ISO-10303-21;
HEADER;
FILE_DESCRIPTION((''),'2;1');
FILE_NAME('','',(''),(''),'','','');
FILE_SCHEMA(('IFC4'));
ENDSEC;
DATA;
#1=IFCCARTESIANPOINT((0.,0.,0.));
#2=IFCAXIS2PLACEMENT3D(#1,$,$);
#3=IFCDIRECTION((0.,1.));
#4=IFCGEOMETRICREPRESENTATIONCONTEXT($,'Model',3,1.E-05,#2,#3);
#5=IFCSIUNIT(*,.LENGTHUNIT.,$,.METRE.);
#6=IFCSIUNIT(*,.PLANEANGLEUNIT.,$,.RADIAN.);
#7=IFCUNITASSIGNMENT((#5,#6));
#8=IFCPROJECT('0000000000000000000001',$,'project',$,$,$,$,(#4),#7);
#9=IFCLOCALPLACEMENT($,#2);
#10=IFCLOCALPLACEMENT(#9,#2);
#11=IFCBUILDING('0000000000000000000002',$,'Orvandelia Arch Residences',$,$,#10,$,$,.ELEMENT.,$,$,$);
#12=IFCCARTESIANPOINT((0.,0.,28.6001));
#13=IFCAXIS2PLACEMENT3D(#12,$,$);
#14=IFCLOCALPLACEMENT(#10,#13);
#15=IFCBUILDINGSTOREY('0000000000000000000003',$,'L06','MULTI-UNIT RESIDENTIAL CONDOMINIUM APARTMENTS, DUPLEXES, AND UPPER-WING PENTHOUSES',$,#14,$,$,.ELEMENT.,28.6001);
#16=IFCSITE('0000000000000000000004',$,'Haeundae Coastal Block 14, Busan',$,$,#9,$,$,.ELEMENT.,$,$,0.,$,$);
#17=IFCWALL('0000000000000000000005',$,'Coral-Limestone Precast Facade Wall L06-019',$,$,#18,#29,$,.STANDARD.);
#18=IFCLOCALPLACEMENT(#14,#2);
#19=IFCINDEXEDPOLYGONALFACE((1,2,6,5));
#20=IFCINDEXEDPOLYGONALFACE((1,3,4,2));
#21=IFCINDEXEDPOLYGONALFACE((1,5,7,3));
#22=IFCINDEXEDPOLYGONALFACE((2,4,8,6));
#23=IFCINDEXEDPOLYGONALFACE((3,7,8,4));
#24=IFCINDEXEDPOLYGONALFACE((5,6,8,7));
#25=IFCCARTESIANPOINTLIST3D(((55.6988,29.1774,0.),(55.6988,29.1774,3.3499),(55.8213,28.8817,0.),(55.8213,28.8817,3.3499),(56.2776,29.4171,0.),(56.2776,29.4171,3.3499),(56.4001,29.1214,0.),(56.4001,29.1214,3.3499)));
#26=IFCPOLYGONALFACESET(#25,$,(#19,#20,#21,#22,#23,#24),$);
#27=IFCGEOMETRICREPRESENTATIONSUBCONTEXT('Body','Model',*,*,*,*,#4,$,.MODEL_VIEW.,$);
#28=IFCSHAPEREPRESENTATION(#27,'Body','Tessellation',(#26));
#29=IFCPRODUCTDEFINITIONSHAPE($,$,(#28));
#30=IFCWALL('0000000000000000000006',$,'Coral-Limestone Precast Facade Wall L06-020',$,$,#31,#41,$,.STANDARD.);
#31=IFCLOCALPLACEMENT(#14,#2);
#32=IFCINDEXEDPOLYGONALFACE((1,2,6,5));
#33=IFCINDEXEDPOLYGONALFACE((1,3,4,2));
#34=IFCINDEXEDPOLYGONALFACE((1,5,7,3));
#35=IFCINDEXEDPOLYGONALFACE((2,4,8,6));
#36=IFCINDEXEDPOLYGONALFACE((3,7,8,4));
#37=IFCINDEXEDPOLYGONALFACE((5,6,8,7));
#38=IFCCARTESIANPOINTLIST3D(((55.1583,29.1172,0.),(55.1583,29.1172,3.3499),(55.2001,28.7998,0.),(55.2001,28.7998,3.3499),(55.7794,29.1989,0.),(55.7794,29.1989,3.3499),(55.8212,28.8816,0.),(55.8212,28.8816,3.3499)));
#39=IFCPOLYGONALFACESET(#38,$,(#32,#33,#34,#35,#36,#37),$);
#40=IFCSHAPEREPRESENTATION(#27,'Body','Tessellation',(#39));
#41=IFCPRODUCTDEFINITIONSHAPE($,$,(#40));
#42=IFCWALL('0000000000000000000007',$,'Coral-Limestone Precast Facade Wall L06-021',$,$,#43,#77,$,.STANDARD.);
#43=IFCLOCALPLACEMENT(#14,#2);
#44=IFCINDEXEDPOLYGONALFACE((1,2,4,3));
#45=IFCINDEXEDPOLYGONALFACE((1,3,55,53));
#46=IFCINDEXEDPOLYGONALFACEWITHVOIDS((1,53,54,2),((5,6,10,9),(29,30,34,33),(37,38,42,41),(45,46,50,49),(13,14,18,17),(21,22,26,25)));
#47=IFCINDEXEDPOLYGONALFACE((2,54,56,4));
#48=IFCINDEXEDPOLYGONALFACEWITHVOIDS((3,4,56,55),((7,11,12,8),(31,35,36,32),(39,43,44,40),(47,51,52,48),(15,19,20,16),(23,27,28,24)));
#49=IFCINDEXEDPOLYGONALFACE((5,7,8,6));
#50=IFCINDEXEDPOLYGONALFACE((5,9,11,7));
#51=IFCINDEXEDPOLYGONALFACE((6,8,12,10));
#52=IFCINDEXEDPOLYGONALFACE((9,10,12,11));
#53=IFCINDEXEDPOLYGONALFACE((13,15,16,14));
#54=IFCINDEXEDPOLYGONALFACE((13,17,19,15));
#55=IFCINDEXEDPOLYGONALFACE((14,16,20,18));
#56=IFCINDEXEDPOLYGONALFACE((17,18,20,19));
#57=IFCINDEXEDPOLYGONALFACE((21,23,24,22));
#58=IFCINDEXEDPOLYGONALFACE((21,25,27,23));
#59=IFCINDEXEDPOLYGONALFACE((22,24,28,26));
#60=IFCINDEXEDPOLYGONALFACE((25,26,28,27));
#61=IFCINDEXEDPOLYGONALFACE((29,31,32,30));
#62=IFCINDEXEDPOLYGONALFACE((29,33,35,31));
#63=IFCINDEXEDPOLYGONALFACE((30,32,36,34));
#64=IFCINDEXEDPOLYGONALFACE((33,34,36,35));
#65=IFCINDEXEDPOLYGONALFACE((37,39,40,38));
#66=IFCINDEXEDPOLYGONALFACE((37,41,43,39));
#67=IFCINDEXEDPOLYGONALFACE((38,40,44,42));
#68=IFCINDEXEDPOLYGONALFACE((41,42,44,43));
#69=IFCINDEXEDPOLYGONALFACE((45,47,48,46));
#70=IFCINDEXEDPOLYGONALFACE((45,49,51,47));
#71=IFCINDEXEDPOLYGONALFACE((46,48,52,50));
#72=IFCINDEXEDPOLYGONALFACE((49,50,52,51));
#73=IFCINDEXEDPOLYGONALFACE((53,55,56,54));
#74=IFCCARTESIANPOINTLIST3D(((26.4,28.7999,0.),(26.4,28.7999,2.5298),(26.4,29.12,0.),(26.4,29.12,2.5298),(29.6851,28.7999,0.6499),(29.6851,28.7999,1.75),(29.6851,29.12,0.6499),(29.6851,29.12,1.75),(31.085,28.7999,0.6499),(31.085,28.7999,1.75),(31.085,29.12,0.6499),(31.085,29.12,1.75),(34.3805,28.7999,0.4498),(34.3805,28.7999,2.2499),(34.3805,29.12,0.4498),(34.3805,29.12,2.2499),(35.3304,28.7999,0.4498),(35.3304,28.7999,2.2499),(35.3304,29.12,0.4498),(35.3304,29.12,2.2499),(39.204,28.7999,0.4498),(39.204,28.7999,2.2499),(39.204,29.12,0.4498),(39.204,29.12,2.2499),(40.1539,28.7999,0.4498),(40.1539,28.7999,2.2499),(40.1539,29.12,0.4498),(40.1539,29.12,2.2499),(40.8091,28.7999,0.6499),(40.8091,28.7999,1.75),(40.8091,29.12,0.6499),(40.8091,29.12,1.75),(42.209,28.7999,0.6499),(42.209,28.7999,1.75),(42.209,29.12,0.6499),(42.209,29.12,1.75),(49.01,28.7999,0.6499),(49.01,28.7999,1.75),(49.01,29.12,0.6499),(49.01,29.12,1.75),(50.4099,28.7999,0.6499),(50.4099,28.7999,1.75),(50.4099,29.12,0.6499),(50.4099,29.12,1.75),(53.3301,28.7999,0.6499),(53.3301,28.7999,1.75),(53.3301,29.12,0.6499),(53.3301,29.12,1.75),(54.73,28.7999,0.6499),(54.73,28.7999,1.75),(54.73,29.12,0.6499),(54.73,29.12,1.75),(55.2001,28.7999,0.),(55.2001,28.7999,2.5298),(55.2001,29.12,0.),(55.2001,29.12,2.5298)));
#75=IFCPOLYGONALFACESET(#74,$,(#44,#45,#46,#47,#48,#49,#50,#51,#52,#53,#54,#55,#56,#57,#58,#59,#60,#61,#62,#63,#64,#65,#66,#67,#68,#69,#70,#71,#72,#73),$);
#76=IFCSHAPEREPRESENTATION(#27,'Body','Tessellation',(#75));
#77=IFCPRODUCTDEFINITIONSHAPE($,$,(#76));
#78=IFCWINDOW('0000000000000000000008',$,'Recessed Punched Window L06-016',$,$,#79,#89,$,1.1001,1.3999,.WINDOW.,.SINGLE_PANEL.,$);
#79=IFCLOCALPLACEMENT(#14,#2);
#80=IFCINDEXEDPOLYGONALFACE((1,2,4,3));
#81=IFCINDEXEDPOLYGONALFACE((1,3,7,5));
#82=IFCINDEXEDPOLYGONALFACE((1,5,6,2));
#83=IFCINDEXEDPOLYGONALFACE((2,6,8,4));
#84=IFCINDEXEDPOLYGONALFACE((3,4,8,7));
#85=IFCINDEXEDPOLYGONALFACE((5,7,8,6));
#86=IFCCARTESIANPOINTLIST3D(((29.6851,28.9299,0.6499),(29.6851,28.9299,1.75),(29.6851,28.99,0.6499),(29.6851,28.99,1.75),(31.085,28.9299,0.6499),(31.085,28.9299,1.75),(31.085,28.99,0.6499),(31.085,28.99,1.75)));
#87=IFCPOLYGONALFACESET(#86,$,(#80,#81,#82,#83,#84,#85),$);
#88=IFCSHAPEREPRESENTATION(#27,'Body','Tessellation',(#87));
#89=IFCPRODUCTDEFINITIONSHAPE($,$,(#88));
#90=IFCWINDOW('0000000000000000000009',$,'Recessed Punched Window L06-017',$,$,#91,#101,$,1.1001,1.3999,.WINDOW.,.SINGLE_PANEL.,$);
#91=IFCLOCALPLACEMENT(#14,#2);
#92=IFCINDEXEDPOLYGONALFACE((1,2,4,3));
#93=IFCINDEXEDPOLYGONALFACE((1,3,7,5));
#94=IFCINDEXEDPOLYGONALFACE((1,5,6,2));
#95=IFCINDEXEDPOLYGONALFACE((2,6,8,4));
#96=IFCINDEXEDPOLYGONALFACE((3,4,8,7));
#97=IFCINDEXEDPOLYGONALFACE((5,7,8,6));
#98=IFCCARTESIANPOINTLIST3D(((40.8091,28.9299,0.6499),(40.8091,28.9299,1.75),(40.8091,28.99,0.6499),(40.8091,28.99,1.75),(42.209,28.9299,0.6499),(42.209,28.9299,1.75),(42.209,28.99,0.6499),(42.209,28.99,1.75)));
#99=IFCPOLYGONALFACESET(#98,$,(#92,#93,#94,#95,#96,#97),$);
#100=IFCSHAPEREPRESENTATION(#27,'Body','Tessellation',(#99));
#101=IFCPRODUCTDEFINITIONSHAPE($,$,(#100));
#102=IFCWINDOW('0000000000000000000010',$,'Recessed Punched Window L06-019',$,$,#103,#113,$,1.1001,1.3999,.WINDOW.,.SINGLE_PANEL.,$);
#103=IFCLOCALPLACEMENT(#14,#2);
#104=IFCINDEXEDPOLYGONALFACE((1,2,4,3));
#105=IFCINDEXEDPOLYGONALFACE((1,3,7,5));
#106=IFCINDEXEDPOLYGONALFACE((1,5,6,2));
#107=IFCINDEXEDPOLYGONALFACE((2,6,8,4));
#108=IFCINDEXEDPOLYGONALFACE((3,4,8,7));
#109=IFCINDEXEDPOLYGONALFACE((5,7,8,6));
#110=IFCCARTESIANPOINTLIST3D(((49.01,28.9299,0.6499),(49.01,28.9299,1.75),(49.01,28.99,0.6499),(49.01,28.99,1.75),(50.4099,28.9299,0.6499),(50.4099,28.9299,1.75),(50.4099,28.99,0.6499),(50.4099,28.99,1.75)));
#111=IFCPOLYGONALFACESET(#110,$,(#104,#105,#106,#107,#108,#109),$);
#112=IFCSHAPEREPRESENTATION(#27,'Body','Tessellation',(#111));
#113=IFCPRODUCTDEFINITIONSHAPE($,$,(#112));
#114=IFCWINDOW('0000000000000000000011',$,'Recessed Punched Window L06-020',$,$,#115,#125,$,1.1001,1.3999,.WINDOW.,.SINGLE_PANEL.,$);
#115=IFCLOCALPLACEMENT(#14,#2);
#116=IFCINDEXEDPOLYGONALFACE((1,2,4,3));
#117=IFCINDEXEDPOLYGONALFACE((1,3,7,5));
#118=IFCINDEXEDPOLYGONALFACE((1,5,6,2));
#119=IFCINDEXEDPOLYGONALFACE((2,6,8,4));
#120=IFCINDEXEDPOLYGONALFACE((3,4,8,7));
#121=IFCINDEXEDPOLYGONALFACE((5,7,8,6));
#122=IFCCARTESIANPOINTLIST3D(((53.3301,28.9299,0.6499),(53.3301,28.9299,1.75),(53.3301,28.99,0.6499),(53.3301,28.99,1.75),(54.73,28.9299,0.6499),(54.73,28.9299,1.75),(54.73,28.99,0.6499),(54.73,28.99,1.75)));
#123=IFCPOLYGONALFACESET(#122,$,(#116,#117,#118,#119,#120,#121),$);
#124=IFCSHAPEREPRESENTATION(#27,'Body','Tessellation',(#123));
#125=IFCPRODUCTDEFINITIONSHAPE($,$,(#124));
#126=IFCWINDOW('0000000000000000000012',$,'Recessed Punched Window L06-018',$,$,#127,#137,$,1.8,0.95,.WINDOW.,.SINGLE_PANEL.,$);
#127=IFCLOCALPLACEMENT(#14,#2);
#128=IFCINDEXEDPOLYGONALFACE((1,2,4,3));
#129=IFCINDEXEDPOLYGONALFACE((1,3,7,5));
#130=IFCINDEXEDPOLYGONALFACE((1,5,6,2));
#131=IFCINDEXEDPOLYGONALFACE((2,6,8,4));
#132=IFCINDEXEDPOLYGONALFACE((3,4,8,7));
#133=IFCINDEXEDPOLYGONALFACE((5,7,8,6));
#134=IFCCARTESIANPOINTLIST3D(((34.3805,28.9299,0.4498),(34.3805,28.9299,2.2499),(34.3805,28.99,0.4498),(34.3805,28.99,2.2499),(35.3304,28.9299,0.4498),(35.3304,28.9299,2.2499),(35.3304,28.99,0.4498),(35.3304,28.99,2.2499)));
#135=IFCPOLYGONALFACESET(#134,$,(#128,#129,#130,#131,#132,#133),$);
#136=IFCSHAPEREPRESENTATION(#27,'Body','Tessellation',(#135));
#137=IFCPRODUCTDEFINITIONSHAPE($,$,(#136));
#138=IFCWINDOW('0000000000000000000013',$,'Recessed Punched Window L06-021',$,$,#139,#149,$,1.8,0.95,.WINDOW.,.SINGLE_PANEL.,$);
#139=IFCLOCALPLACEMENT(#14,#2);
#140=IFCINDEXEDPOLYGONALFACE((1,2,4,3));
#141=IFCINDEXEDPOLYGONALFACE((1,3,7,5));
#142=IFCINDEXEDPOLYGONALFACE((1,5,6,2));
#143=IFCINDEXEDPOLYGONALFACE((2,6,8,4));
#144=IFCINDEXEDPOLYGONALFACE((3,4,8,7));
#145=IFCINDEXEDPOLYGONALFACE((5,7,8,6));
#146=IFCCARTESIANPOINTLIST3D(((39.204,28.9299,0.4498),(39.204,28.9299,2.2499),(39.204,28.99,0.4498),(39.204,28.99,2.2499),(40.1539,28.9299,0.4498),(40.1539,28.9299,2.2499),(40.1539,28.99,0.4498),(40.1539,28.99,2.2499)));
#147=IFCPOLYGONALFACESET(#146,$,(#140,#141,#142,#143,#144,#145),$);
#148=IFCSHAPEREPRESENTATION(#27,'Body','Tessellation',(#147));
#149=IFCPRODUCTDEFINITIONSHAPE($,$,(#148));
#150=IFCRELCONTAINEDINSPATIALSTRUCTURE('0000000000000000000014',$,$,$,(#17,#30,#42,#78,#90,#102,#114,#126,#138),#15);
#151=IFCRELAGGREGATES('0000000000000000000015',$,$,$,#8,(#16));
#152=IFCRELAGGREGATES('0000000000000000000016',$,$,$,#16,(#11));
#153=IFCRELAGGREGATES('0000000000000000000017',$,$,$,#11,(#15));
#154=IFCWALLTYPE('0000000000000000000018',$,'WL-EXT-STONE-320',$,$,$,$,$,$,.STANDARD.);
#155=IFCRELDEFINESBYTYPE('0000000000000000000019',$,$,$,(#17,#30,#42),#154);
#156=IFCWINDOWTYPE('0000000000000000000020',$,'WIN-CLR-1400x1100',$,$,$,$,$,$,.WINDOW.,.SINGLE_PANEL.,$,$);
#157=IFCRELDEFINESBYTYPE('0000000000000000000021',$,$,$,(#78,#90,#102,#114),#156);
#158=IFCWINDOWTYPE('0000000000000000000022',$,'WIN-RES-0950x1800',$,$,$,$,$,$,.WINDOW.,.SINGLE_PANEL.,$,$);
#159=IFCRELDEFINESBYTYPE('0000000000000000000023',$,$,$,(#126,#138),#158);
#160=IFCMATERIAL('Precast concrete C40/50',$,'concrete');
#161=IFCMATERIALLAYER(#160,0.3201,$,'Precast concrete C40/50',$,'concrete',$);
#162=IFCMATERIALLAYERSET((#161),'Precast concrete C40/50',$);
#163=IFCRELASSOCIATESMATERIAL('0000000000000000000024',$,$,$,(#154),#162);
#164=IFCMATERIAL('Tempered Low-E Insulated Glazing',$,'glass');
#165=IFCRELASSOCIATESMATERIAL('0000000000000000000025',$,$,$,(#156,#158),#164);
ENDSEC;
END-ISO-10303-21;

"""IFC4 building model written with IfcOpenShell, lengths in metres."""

from ifc_helpers import new_model, si_unit, direction, frame, frame_2d, origin, place, context, subcontext, project, spatial, rectangle, extrude, material, layer, layer_set, type_object, element, fill, save


model = new_model("IFC4")

# Units and contexts
model_context = context("Model", 3, precision=1e-05, world=origin(), true_north=direction((0.0, 1.0)))
body_context = subcontext(model_context, "Body", "Model", "MODEL_VIEW")
ifc_project = project(units=[si_unit("LENGTHUNIT", "METRE"), si_unit("PLANEANGLEUNIT", "RADIAN")], contexts=[model_context])

# Site, building, storey
site_placement = place(None, origin())
site = spatial("IfcSite", under=ifc_project, at=site_placement, Name="Haeundae Coastal Block 14, Busan", CompositionType="ELEMENT", RefElevation=0.0)
building_placement = place(site_placement, origin())
building = spatial("IfcBuilding", under=site, at=building_placement, Name="Orvandelia Arch Residences", CompositionType="ELEMENT")
storey_placement = place(building_placement, frame((0.0, 0.0, 28.6001)))
storey = spatial("IfcBuildingStorey", under=building, at=storey_placement, Name="L06", Description="MULTI-UNIT RESIDENTIAL CONDOMINIUM APARTMENTS, DUPLEXES, AND UPPER-WING PENTHOUSES", CompositionType="ELEMENT", Elevation=28.6001)

# Walls
ifc_material_1 = material(Name="Precast concrete C40/50", Category="concrete")
ifc_layer_1 = layer(ifc_material_1, 0.3201, Name="Precast concrete C40/50", Category="concrete")
ifc_layer_set_1 = layer_set([ifc_layer_1], Name="Precast concrete C40/50")
wall_type_1 = type_object("IfcWallType", Name="WL-EXT-STONE-320", PredefinedType="STANDARD", material=ifc_layer_set_1)
for number, where, z_axis, x_axis, name in (
    (1, (56.3389, 29.2693, 0.0), (0.0, 0.0, 1.0), (-0.923893, -0.38265, 0.0), "Coral-Limestone Precast Facade Wall L06-019"),
    (2, (55.8003, 29.0403, 0.0), (0.0, 0.0, 1.0), (-0.991441, -0.130555, 0.0), "Coral-Limestone Precast Facade Wall L06-020"),
):
    element("IfcWall", number, at=place(storey_placement, frame(where, z_axis=z_axis, x_axis=x_axis)), inside=storey, type_object=wall_type_1, Name=name, PredefinedType="STANDARD", context=body_context, shape_type="SweptSolid", body=[
        extrude(rectangle(XDim=0.6265, YDim=0.3201, at=frame_2d((0.3132, 0.0))), origin(), (0.0, 0.0, 1.0), 3.3499),
    ])

# Wall, openings, windows
wall_1_placement = place(storey_placement, frame((55.2, 28.96, 0.0), z_axis=(0.0, 0.0, 1.0), x_axis=(-1.0, 0.0, 0.0)))
wall_1 = element("IfcWall", 3, at=wall_1_placement, inside=storey, type_object=wall_type_1, Name="Coral-Limestone Precast Facade Wall L06-021", PredefinedType="STANDARD", context=body_context, shape_type="SweptSolid", body=[
    extrude(rectangle(XDim=28.8, YDim=0.3201, at=frame_2d((14.3999, 0.0))), origin(), (0.0, 0.0, 1.0), 2.5298),
])
opening_1_placement = place(wall_1_placement, frame((24.115, 0.0, 0.6499)))
opening_1 = element("IfcOpeningElement", 4, at=opening_1_placement, cuts=wall_1, PredefinedType="OPENING", context=body_context, shape_type="SweptSolid", body=[
    extrude(rectangle(XDim=1.3999, YDim=1.1001, at=frame_2d((0.7, 0.55))), frame((0.0, 0.1699, 0.0), z_axis=(0.0, -1.0, 0.0), x_axis=(1.0, 0.0, 0.0)), (0.0, 0.0, 1.0), 0.3401),
])
opening_2_placement = place(wall_1_placement, frame((12.991, 0.0, 0.6499)))
opening_2 = element("IfcOpeningElement", 5, at=opening_2_placement, cuts=wall_1, PredefinedType="OPENING", context=body_context, shape_type="SweptSolid", body=[
    extrude(rectangle(XDim=1.3999, YDim=1.1001, at=frame_2d((0.7, 0.55))), frame((0.0, 0.1699, 0.0), z_axis=(0.0, -1.0, 0.0), x_axis=(1.0, 0.0, 0.0)), (0.0, 0.0, 1.0), 0.3401),
])
opening_3_placement = place(wall_1_placement, frame((19.8694, 0.0, 0.45)))
opening_3 = element("IfcOpeningElement", 6, at=opening_3_placement, cuts=wall_1, PredefinedType="OPENING", context=body_context, shape_type="SweptSolid", body=[
    extrude(rectangle(XDim=0.95, YDim=1.8, at=frame_2d((0.4751, 0.8999))), frame((0.0, 0.1699, 0.0), z_axis=(0.0, -1.0, 0.0), x_axis=(1.0, 0.0, 0.0)), (0.0, 0.0, 1.0), 0.3401),
])
opening_4_placement = place(wall_1_placement, frame((4.79, 0.0, 0.6499)))
opening_4 = element("IfcOpeningElement", 7, at=opening_4_placement, cuts=wall_1, PredefinedType="OPENING", context=body_context, shape_type="SweptSolid", body=[
    extrude(rectangle(XDim=1.3999, YDim=1.1001, at=frame_2d((0.7, 0.55))), frame((0.0, 0.1699, 0.0), z_axis=(0.0, -1.0, 0.0), x_axis=(1.0, 0.0, 0.0)), (0.0, 0.0, 1.0), 0.3401),
])
opening_5_placement = place(wall_1_placement, frame((0.47, 0.0, 0.6499)))
opening_5 = element("IfcOpeningElement", 8, at=opening_5_placement, cuts=wall_1, PredefinedType="OPENING", context=body_context, shape_type="SweptSolid", body=[
    extrude(rectangle(XDim=1.3999, YDim=1.1001, at=frame_2d((0.7, 0.55))), frame((0.0, 0.1699, 0.0), z_axis=(0.0, -1.0, 0.0), x_axis=(1.0, 0.0, 0.0)), (0.0, 0.0, 1.0), 0.3401),
])
opening_6_placement = place(wall_1_placement, frame((15.0459, 0.0, 0.45)))
opening_6 = element("IfcOpeningElement", 9, at=opening_6_placement, cuts=wall_1, PredefinedType="OPENING", context=body_context, shape_type="SweptSolid", body=[
    extrude(rectangle(XDim=0.95, YDim=1.8, at=frame_2d((0.4751, 0.8999))), frame((0.0, 0.1699, 0.0), z_axis=(0.0, -1.0, 0.0), x_axis=(1.0, 0.0, 0.0)), (0.0, 0.0, 1.0), 0.3401),
])
ifc_material_2 = material(Name="Tempered Low-E Insulated Glazing", Category="glass")
window_type_1 = type_object("IfcWindowType", Name="WIN-CLR-1400x1100", PartitioningType="SINGLE_PANEL", PredefinedType="WINDOW", material=ifc_material_2)
window_1_placement = place(opening_1_placement, origin())
window_1 = element("IfcWindow", 10, at=window_1_placement, inside=storey, type_object=window_type_1, Name="Recessed Punched Window L06-016", OverallHeight=1.1001, OverallWidth=1.3999, PartitioningType="SINGLE_PANEL", PredefinedType="WINDOW", context=body_context, shape_type="SweptSolid", body=[
    extrude(rectangle(XDim=1.3999, YDim=1.1001, at=frame_2d((0.7, 0.55))), frame((0.0, 0.03, 0.0), z_axis=(0.0, -1.0, 0.0), x_axis=(1.0, 0.0, 0.0)), (0.0, 0.0, 1.0), 0.0601),
])
fill(opening_1, window_1)
window_2_placement = place(opening_2_placement, origin())
window_2 = element("IfcWindow", 11, at=window_2_placement, inside=storey, type_object=window_type_1, Name="Recessed Punched Window L06-017", OverallHeight=1.1001, OverallWidth=1.3999, PartitioningType="SINGLE_PANEL", PredefinedType="WINDOW", context=body_context, shape_type="SweptSolid", body=[
    extrude(rectangle(XDim=1.3999, YDim=1.1001, at=frame_2d((0.7, 0.55))), frame((0.0, 0.03, 0.0), z_axis=(0.0, -1.0, 0.0), x_axis=(1.0, 0.0, 0.0)), (0.0, 0.0, 1.0), 0.0601),
])
fill(opening_2, window_2)
window_3_placement = place(opening_4_placement, origin())
window_3 = element("IfcWindow", 12, at=window_3_placement, inside=storey, type_object=window_type_1, Name="Recessed Punched Window L06-019", OverallHeight=1.1001, OverallWidth=1.3999, PartitioningType="SINGLE_PANEL", PredefinedType="WINDOW", context=body_context, shape_type="SweptSolid", body=[
    extrude(rectangle(XDim=1.3999, YDim=1.1001, at=frame_2d((0.7, 0.55))), frame((0.0, 0.03, 0.0), z_axis=(0.0, -1.0, 0.0), x_axis=(1.0, 0.0, 0.0)), (0.0, 0.0, 1.0), 0.0601),
])
fill(opening_4, window_3)
window_4_placement = place(opening_5_placement, origin())
window_4 = element("IfcWindow", 13, at=window_4_placement, inside=storey, type_object=window_type_1, Name="Recessed Punched Window L06-020", OverallHeight=1.1001, OverallWidth=1.3999, PartitioningType="SINGLE_PANEL", PredefinedType="WINDOW", context=body_context, shape_type="SweptSolid", body=[
    extrude(rectangle(XDim=1.3999, YDim=1.1001, at=frame_2d((0.7, 0.55))), frame((0.0, 0.03, 0.0), z_axis=(0.0, -1.0, 0.0), x_axis=(1.0, 0.0, 0.0)), (0.0, 0.0, 1.0), 0.0601),
])
fill(opening_5, window_4)
window_type_2 = type_object("IfcWindowType", Name="WIN-RES-0950x1800", PartitioningType="SINGLE_PANEL", PredefinedType="WINDOW", material=ifc_material_2)
window_5_placement = place(opening_3_placement, origin())
window_5 = element("IfcWindow", 14, at=window_5_placement, inside=storey, type_object=window_type_2, Name="Recessed Punched Window L06-018", OverallHeight=1.8, OverallWidth=0.95, PartitioningType="SINGLE_PANEL", PredefinedType="WINDOW", context=body_context, shape_type="SweptSolid", body=[
    extrude(rectangle(XDim=0.95, YDim=1.8, at=frame_2d((0.4751, 0.8999))), frame((0.0, 0.03, 0.0), z_axis=(0.0, -1.0, 0.0), x_axis=(1.0, 0.0, 0.0)), (0.0, 0.0, 1.0), 0.0601),
])
fill(opening_3, window_5)
window_6_placement = place(opening_6_placement, origin())
window_6 = element("IfcWindow", 15, at=window_6_placement, inside=storey, type_object=window_type_2, Name="Recessed Punched Window L06-021", OverallHeight=1.8, OverallWidth=0.95, PartitioningType="SINGLE_PANEL", PredefinedType="WINDOW", context=body_context, shape_type="SweptSolid", body=[
    extrude(rectangle(XDim=0.95, YDim=1.8, at=frame_2d((0.4751, 0.8999))), frame((0.0, 0.03, 0.0), z_axis=(0.0, -1.0, 0.0), x_axis=(1.0, 0.0, 0.0)), (0.0, 0.0, 1.0), 0.0601),
])
fill(opening_6, window_6)

save(model, "model.ifc")
